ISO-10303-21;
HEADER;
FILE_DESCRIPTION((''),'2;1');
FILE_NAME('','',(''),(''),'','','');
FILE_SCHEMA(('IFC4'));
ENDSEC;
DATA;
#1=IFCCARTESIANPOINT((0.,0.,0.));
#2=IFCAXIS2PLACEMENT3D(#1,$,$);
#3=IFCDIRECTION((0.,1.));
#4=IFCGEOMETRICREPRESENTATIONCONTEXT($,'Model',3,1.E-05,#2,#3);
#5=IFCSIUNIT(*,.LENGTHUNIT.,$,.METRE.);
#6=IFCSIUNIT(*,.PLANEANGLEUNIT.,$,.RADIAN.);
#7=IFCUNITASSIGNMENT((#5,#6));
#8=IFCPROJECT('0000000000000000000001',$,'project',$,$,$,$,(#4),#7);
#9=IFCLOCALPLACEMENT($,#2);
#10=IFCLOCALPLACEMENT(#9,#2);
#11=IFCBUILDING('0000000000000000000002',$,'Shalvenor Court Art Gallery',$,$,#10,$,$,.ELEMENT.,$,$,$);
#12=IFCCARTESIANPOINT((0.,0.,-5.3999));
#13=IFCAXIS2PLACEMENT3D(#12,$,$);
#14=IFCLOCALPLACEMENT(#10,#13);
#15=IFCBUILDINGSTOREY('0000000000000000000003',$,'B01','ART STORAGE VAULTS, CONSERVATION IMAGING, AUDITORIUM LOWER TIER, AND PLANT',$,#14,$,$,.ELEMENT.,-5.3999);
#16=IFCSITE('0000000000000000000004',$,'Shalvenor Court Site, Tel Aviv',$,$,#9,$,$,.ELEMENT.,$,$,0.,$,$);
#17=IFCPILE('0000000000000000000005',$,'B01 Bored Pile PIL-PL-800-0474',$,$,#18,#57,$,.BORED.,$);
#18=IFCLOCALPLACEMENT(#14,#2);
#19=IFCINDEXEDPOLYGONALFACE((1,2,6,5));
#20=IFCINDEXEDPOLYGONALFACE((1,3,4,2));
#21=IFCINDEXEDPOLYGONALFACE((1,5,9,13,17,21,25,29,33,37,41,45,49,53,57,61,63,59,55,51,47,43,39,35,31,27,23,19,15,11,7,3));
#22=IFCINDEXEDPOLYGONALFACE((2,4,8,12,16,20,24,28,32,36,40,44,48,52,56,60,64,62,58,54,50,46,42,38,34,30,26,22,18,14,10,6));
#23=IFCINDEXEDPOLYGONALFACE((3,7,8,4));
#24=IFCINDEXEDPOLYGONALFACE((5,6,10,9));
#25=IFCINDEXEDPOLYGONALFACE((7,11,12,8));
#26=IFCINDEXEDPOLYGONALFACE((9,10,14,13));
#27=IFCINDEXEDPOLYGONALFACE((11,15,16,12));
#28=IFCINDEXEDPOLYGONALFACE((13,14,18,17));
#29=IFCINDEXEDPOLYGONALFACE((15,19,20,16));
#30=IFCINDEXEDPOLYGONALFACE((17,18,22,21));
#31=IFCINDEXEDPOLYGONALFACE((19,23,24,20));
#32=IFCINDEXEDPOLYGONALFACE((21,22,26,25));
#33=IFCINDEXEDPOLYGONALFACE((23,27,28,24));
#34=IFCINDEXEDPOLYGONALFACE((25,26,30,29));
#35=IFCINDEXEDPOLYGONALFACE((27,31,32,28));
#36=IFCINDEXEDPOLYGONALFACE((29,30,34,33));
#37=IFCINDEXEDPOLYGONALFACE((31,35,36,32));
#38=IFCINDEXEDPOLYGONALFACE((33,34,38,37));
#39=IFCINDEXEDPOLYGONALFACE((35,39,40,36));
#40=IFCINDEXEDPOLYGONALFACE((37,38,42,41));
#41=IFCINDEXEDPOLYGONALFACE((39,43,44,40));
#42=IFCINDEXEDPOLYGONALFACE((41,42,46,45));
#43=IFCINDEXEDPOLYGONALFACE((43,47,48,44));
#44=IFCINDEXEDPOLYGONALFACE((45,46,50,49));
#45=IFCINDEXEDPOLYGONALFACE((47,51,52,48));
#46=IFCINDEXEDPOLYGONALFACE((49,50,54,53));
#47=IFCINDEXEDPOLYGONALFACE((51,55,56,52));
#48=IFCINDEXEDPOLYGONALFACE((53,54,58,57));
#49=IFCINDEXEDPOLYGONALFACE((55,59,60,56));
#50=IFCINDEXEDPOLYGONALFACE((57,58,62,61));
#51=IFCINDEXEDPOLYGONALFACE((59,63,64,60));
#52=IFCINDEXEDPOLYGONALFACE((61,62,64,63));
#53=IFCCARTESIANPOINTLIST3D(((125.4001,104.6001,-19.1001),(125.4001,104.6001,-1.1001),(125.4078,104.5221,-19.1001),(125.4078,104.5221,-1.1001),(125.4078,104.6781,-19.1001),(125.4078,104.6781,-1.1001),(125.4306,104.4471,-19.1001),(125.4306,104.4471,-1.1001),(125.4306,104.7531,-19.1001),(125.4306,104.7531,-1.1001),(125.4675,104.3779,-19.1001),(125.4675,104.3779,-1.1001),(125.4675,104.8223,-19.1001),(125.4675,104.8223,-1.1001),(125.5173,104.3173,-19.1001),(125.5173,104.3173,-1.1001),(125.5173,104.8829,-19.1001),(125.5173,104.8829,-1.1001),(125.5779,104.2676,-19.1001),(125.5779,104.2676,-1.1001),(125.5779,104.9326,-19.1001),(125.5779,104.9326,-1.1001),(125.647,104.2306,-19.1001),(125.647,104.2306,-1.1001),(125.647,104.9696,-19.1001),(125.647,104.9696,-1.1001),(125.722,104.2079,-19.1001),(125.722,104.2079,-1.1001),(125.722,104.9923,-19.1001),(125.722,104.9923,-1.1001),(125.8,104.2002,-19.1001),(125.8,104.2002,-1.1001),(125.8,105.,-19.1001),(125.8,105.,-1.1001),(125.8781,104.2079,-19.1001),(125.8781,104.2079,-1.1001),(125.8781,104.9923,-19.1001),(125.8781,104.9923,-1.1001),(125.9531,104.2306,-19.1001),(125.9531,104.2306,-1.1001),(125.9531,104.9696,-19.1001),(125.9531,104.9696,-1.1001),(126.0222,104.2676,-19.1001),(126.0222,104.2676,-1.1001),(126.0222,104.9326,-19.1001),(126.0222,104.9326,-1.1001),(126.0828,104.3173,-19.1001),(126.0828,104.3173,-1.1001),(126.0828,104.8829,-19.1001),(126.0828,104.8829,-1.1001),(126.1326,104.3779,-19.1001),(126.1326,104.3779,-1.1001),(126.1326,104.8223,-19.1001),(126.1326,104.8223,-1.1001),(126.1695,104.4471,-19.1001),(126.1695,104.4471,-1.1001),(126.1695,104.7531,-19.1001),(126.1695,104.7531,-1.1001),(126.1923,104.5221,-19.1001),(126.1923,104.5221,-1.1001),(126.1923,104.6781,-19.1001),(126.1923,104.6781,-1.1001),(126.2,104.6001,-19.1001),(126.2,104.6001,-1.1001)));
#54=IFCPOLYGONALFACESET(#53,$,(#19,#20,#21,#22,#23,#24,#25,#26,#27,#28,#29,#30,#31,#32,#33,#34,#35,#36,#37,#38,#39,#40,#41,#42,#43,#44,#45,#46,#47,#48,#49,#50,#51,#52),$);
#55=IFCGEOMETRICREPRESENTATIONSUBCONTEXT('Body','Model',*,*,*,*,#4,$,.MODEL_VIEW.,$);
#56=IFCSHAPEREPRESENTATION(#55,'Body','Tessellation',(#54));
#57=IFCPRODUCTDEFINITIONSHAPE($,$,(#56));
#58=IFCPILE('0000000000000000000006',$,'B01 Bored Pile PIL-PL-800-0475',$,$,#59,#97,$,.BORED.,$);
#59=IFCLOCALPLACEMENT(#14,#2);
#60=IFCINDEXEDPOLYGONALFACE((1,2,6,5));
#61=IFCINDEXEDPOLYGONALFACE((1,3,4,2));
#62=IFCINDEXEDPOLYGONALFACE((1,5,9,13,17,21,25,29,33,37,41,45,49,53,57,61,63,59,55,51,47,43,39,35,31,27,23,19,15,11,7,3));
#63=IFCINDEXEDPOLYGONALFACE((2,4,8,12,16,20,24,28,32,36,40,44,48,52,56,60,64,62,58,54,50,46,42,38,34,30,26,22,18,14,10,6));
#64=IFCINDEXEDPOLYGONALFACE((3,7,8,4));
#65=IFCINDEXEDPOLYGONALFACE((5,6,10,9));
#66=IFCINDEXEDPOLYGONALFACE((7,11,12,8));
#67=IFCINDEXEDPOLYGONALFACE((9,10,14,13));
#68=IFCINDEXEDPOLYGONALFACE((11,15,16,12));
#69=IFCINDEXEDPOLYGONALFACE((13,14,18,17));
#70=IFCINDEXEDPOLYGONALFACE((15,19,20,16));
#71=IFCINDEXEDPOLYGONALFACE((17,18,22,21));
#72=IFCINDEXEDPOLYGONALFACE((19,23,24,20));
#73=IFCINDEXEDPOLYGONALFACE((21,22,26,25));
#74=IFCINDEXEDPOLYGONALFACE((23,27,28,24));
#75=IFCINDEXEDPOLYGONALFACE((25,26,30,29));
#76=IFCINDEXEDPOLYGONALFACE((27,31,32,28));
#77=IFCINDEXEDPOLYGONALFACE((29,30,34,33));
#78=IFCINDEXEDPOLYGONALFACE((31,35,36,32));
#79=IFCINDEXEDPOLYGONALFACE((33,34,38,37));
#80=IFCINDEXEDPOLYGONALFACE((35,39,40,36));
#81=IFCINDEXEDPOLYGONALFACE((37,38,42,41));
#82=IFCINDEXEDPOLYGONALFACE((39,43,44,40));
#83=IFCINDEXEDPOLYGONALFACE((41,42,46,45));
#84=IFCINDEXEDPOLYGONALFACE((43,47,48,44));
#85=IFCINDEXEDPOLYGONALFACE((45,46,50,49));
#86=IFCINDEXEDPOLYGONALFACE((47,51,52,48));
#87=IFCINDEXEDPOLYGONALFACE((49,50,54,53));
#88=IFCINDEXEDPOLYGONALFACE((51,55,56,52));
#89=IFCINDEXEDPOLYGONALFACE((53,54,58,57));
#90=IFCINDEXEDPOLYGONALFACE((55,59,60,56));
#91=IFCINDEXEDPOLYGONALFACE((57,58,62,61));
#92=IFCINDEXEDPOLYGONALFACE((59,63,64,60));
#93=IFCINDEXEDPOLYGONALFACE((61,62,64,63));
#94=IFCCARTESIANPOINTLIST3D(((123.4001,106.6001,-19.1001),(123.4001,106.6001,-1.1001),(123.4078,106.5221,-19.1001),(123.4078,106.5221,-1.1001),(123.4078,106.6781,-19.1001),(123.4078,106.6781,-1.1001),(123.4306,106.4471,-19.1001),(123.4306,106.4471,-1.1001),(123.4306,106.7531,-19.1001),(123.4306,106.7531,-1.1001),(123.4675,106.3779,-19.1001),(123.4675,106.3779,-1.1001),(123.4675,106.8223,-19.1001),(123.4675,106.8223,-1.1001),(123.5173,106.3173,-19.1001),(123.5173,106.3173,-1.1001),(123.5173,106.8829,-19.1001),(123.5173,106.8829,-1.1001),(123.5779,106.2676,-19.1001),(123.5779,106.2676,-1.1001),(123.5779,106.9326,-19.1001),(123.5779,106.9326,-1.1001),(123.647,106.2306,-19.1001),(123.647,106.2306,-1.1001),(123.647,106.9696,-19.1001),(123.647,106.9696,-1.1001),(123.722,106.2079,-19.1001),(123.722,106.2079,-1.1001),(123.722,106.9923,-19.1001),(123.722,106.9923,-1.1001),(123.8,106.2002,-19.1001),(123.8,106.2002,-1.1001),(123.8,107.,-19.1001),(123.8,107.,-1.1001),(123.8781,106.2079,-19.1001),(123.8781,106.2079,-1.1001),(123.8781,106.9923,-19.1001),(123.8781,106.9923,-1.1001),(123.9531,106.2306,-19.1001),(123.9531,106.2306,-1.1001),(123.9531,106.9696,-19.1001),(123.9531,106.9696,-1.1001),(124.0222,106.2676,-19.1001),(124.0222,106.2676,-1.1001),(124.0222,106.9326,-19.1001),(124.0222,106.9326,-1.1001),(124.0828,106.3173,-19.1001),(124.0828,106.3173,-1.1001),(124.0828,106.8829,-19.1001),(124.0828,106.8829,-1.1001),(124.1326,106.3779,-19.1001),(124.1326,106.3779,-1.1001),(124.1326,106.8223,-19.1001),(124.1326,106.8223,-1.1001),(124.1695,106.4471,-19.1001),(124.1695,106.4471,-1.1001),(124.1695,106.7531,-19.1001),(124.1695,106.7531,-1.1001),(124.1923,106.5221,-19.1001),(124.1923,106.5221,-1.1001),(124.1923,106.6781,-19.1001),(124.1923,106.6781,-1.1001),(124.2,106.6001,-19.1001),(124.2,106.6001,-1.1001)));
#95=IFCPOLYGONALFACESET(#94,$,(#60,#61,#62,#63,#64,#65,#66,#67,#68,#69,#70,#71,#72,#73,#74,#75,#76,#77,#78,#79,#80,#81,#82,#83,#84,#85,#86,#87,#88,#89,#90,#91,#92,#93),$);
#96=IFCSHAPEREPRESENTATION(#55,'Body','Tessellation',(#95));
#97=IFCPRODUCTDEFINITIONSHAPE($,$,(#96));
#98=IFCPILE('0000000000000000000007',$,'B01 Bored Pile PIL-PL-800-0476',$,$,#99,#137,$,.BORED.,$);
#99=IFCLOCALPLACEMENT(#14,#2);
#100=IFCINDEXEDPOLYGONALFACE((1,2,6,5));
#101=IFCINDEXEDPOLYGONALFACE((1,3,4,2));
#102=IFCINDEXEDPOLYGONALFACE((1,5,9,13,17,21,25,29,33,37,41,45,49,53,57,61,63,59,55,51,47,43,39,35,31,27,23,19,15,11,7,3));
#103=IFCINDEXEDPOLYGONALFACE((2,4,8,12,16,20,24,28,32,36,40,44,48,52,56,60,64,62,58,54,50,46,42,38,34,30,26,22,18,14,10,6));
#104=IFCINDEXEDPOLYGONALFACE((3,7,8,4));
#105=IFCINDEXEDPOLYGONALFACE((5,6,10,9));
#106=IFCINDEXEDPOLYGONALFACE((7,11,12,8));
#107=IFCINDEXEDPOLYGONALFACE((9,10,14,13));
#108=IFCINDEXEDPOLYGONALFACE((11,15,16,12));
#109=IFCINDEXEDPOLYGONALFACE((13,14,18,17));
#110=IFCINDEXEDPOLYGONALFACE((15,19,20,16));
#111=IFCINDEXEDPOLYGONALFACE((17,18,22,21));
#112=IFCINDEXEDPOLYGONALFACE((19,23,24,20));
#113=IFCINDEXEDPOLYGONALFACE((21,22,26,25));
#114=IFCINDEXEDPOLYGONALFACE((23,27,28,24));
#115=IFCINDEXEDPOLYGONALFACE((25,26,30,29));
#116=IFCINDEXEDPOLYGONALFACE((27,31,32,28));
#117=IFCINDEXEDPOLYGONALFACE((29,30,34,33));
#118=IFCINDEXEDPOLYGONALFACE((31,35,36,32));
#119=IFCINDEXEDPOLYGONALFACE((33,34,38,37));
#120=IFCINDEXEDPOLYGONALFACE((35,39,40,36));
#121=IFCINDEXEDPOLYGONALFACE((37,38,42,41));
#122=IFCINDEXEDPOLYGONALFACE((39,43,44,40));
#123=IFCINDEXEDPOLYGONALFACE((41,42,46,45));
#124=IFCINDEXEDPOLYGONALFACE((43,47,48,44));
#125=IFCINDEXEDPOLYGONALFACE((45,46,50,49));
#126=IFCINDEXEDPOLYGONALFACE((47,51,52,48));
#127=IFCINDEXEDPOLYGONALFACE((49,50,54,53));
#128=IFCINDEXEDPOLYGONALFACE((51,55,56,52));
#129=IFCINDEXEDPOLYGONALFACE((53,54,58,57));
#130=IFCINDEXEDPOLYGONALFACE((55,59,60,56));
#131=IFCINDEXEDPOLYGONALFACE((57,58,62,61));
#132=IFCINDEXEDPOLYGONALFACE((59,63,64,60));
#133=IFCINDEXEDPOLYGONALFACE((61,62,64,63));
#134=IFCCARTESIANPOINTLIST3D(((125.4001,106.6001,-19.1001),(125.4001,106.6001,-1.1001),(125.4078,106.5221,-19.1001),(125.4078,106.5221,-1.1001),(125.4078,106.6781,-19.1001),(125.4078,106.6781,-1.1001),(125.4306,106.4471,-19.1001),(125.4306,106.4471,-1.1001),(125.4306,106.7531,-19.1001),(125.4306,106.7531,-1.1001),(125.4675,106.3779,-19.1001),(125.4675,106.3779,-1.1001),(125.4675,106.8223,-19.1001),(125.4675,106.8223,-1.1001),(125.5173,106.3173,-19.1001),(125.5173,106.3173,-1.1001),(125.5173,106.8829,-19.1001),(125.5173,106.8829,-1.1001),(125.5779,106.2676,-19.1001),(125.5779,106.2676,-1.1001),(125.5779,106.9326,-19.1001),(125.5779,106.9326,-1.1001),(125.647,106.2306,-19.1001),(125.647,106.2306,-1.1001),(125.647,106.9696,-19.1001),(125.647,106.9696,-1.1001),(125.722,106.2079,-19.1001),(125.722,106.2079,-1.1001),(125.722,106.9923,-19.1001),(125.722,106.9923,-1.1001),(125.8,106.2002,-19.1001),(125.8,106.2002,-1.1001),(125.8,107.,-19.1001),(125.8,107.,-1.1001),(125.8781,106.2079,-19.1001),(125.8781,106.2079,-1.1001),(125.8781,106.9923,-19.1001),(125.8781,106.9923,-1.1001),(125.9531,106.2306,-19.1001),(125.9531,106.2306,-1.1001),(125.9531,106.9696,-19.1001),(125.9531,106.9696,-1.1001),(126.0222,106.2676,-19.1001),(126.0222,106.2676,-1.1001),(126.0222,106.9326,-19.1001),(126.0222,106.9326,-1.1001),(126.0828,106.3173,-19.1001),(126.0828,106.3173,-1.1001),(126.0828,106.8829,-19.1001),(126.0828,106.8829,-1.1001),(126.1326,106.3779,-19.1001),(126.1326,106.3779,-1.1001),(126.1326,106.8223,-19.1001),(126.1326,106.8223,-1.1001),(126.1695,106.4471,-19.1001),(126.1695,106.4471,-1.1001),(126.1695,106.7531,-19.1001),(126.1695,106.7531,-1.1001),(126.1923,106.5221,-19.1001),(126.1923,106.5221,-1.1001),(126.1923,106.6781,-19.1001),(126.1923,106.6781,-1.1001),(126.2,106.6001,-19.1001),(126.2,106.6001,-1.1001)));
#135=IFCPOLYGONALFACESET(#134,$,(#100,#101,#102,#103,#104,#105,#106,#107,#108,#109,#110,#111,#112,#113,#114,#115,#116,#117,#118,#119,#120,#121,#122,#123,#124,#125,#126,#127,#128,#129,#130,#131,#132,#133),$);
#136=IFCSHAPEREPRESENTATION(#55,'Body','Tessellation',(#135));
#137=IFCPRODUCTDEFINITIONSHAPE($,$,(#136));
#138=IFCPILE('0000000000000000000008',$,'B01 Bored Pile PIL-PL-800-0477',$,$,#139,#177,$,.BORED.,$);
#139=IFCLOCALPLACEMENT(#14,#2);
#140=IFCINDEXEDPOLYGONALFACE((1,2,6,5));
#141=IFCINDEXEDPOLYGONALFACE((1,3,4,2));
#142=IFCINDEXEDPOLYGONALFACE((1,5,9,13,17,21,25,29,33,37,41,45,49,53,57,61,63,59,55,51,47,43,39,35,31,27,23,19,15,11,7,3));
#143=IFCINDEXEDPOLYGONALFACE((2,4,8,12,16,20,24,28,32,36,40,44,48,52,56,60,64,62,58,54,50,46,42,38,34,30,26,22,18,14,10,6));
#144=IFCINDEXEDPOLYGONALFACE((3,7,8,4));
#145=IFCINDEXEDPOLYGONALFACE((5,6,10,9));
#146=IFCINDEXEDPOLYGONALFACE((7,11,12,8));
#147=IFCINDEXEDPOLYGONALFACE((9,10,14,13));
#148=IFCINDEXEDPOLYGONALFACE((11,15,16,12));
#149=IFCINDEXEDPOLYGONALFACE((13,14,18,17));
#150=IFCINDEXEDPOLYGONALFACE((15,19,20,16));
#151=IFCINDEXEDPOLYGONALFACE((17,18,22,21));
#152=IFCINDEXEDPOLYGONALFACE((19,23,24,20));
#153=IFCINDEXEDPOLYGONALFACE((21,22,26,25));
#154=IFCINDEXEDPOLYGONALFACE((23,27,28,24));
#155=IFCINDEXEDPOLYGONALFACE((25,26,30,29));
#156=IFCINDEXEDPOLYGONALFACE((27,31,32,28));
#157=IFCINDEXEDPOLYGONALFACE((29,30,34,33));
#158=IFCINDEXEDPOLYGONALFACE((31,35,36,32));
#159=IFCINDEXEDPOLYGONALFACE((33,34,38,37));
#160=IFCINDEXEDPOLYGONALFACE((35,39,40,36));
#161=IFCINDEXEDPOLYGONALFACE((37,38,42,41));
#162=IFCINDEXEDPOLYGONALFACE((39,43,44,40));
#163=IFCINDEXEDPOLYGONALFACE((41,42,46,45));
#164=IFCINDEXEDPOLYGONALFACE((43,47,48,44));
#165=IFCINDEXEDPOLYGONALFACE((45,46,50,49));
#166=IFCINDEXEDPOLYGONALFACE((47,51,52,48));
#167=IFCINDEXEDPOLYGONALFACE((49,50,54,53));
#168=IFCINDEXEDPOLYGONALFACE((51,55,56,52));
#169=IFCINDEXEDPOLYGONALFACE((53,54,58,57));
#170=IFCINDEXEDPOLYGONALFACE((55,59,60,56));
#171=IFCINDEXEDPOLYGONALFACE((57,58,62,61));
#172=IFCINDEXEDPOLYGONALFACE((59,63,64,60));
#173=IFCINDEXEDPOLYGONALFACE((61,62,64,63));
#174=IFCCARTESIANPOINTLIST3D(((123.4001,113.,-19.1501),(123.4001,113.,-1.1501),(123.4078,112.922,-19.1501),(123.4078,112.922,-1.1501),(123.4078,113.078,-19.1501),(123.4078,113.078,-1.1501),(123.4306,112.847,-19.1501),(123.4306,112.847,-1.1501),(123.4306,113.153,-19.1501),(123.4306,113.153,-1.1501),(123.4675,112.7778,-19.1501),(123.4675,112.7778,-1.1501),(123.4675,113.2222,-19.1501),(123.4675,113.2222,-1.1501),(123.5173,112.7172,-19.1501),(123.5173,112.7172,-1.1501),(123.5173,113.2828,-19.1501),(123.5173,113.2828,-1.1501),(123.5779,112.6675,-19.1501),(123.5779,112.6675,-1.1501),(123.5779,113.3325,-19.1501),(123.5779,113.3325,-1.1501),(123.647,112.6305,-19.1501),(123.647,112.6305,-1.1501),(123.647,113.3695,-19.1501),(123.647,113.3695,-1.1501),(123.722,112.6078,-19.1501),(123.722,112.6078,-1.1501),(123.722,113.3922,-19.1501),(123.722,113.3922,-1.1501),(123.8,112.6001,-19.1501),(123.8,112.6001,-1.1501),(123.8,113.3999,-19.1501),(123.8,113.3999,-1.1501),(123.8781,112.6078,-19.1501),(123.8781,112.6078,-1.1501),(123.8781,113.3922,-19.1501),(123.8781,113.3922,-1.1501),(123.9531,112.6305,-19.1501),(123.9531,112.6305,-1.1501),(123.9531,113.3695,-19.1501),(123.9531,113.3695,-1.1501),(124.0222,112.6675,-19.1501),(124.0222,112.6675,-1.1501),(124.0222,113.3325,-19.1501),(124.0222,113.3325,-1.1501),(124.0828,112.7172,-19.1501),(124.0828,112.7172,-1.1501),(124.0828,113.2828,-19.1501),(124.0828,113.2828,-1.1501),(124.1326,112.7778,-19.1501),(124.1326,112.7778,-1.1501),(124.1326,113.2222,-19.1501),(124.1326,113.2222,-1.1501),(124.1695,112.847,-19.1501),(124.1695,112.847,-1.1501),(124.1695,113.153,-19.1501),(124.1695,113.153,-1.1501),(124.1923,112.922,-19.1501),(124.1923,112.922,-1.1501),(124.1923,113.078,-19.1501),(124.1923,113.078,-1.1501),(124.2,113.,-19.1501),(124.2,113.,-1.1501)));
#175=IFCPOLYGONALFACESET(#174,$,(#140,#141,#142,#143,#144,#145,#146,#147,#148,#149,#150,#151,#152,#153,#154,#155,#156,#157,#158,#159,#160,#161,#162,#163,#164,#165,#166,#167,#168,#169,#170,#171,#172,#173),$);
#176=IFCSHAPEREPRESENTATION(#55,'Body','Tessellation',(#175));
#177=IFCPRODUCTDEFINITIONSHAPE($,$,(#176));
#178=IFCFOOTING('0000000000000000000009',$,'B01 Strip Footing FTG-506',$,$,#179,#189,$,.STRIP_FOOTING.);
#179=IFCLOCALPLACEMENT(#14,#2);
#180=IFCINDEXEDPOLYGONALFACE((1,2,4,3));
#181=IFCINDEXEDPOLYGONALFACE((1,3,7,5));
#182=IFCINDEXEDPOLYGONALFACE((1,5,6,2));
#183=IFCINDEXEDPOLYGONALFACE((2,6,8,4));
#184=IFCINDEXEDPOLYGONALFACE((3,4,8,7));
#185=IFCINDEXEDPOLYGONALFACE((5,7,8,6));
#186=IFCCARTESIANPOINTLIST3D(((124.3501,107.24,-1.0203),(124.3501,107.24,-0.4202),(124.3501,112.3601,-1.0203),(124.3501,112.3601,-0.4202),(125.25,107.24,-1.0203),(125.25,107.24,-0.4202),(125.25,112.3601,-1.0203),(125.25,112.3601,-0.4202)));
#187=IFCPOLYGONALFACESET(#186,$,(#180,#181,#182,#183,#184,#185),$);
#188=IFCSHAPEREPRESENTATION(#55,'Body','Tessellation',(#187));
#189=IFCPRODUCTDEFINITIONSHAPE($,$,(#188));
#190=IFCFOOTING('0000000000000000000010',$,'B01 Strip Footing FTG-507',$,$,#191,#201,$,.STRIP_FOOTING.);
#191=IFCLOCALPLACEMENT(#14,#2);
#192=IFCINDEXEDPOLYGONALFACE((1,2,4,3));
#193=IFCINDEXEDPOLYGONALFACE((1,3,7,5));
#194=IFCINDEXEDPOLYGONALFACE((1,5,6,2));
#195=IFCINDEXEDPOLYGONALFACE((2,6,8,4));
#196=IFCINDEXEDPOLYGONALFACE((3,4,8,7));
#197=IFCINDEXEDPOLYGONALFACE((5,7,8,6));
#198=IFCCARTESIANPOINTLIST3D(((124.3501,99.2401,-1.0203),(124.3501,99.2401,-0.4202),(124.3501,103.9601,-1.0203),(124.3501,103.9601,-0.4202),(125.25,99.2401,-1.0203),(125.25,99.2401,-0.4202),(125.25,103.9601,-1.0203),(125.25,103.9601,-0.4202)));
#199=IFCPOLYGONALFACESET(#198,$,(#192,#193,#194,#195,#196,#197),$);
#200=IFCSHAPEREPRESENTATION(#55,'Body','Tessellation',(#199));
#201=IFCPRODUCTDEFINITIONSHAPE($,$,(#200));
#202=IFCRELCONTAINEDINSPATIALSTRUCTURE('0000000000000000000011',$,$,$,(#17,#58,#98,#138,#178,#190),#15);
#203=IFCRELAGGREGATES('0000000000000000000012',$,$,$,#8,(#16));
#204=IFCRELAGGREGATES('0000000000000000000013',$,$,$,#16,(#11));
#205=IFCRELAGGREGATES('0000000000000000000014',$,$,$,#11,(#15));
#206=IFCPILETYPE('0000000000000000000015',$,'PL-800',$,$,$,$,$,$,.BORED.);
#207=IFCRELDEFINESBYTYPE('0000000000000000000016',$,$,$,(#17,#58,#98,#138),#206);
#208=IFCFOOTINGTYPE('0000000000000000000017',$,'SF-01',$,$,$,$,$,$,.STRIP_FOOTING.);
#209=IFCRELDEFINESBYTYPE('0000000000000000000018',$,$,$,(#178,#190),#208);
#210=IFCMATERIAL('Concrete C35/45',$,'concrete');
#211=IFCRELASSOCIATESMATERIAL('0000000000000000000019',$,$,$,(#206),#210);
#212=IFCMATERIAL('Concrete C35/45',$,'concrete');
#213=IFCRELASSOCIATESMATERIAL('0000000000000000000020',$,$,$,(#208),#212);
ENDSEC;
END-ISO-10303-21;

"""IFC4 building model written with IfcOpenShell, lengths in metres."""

from ifc_helpers import new_model, si_unit, direction, frame, origin, origin_2d, place, context, subcontext, project, spatial, rectangle, circle, extrude, material, material_profile, profile_set, type_object, element, save


model = new_model("IFC4")

# Units and contexts
model_context = context("Model", 3, precision=1e-05, world=origin(), true_north=direction((0.0, 1.0)))
body_context = subcontext(model_context, "Body", "Model", "MODEL_VIEW")
ifc_project = project(units=[si_unit("LENGTHUNIT", "METRE"), si_unit("PLANEANGLEUNIT", "RADIAN")], contexts=[model_context])

# Site, building, storey
site_placement = place(None, origin())
site = spatial("IfcSite", under=ifc_project, at=site_placement, Name="Shalvenor Court Site, Tel Aviv", CompositionType="ELEMENT", RefElevation=0.0)
building_placement = place(site_placement, origin())
building = spatial("IfcBuilding", under=site, at=building_placement, Name="Shalvenor Court Art Gallery", CompositionType="ELEMENT")
storey_placement = place(building_placement, frame((0.0, 0.0, -5.3999)))
storey = spatial("IfcBuildingStorey", under=building, at=storey_placement, Name="B01", Description="ART STORAGE VAULTS, CONSERVATION IMAGING, AUDITORIUM LOWER TIER, AND PLANT", CompositionType="ELEMENT", Elevation=-5.3999)

# Piles
ifc_material_1 = material(Name="Concrete C35/45", Category="concrete")
ifc_material_profile_1 = material_profile(ifc_material_1, circle(Radius=0.3999, at=origin_2d()), Name="PILE 800")
ifc_profile_set_1 = profile_set([ifc_material_profile_1], Name="Concrete C35/45")
pile_type_1 = type_object("IfcPileType", Name="PL-800", PredefinedType="BORED", material=ifc_profile_set_1)
for number, where, z_axis, x_axis, name in (
    (1, (125.8, 104.6001, -1.1001), (0.0, 0.0, -1.0), (1.0, 0.0, 0.0), "B01 Bored Pile PIL-PL-800-0474"),
    (2, (123.8, 106.6001, -1.1001), (0.0, 0.0, -1.0), (1.0, 0.0, 0.0), "B01 Bored Pile PIL-PL-800-0475"),
    (3, (125.8, 106.6001, -1.1001), (0.0, 0.0, -1.0), (1.0, 0.0, 0.0), "B01 Bored Pile PIL-PL-800-0476"),
    (4, (123.8, 113.0, -1.1501), (0.0, 0.0, -1.0), (1.0, 0.0, 0.0), "B01 Bored Pile PIL-PL-800-0477"),
):
    element("IfcPile", number, at=place(storey_placement, frame(where, z_axis=z_axis, x_axis=x_axis)), inside=storey, type_object=pile_type_1, Name=name, PredefinedType="BORED", context=body_context, shape_type="SweptSolid", body=[
        extrude(circle(Radius=0.3999, at=origin_2d()), origin(), (0.0, 0.0, 1.0), 18.0),
    ])

# Footings
ifc_material_2 = material(Name="Concrete C35/45", Category="concrete")
footing_type_1 = type_object("IfcFootingType", Name="SF-01", PredefinedType="STRIP_FOOTING", material=ifc_material_2)
footing_1_placement = place(storey_placement, frame((124.8, 109.8, -1.0203), z_axis=(0.0, 0.0, 1.0), x_axis=(0.0, 1.0, 0.0)))
element("IfcFooting", 5, at=footing_1_placement, inside=storey, type_object=footing_type_1, Name="B01 Strip Footing FTG-506", PredefinedType="STRIP_FOOTING", context=body_context, shape_type="SweptSolid", body=[
    extrude(rectangle(XDim=5.1201, YDim=0.8999, at=origin_2d()), origin(), (0.0, 0.0, 1.0), 0.6001),
])
footing_2_placement = place(storey_placement, frame((124.8, 101.6001, -1.0203), z_axis=(0.0, 0.0, 1.0), x_axis=(0.0, 1.0, 0.0)))
element("IfcFooting", 6, at=footing_2_placement, inside=storey, type_object=footing_type_1, Name="B01 Strip Footing FTG-507", PredefinedType="STRIP_FOOTING", context=body_context, shape_type="SweptSolid", body=[
    extrude(rectangle(XDim=4.72, YDim=0.8999, at=origin_2d()), origin(), (0.0, 0.0, 1.0), 0.6001),
])

save(model, "model.ifc")
